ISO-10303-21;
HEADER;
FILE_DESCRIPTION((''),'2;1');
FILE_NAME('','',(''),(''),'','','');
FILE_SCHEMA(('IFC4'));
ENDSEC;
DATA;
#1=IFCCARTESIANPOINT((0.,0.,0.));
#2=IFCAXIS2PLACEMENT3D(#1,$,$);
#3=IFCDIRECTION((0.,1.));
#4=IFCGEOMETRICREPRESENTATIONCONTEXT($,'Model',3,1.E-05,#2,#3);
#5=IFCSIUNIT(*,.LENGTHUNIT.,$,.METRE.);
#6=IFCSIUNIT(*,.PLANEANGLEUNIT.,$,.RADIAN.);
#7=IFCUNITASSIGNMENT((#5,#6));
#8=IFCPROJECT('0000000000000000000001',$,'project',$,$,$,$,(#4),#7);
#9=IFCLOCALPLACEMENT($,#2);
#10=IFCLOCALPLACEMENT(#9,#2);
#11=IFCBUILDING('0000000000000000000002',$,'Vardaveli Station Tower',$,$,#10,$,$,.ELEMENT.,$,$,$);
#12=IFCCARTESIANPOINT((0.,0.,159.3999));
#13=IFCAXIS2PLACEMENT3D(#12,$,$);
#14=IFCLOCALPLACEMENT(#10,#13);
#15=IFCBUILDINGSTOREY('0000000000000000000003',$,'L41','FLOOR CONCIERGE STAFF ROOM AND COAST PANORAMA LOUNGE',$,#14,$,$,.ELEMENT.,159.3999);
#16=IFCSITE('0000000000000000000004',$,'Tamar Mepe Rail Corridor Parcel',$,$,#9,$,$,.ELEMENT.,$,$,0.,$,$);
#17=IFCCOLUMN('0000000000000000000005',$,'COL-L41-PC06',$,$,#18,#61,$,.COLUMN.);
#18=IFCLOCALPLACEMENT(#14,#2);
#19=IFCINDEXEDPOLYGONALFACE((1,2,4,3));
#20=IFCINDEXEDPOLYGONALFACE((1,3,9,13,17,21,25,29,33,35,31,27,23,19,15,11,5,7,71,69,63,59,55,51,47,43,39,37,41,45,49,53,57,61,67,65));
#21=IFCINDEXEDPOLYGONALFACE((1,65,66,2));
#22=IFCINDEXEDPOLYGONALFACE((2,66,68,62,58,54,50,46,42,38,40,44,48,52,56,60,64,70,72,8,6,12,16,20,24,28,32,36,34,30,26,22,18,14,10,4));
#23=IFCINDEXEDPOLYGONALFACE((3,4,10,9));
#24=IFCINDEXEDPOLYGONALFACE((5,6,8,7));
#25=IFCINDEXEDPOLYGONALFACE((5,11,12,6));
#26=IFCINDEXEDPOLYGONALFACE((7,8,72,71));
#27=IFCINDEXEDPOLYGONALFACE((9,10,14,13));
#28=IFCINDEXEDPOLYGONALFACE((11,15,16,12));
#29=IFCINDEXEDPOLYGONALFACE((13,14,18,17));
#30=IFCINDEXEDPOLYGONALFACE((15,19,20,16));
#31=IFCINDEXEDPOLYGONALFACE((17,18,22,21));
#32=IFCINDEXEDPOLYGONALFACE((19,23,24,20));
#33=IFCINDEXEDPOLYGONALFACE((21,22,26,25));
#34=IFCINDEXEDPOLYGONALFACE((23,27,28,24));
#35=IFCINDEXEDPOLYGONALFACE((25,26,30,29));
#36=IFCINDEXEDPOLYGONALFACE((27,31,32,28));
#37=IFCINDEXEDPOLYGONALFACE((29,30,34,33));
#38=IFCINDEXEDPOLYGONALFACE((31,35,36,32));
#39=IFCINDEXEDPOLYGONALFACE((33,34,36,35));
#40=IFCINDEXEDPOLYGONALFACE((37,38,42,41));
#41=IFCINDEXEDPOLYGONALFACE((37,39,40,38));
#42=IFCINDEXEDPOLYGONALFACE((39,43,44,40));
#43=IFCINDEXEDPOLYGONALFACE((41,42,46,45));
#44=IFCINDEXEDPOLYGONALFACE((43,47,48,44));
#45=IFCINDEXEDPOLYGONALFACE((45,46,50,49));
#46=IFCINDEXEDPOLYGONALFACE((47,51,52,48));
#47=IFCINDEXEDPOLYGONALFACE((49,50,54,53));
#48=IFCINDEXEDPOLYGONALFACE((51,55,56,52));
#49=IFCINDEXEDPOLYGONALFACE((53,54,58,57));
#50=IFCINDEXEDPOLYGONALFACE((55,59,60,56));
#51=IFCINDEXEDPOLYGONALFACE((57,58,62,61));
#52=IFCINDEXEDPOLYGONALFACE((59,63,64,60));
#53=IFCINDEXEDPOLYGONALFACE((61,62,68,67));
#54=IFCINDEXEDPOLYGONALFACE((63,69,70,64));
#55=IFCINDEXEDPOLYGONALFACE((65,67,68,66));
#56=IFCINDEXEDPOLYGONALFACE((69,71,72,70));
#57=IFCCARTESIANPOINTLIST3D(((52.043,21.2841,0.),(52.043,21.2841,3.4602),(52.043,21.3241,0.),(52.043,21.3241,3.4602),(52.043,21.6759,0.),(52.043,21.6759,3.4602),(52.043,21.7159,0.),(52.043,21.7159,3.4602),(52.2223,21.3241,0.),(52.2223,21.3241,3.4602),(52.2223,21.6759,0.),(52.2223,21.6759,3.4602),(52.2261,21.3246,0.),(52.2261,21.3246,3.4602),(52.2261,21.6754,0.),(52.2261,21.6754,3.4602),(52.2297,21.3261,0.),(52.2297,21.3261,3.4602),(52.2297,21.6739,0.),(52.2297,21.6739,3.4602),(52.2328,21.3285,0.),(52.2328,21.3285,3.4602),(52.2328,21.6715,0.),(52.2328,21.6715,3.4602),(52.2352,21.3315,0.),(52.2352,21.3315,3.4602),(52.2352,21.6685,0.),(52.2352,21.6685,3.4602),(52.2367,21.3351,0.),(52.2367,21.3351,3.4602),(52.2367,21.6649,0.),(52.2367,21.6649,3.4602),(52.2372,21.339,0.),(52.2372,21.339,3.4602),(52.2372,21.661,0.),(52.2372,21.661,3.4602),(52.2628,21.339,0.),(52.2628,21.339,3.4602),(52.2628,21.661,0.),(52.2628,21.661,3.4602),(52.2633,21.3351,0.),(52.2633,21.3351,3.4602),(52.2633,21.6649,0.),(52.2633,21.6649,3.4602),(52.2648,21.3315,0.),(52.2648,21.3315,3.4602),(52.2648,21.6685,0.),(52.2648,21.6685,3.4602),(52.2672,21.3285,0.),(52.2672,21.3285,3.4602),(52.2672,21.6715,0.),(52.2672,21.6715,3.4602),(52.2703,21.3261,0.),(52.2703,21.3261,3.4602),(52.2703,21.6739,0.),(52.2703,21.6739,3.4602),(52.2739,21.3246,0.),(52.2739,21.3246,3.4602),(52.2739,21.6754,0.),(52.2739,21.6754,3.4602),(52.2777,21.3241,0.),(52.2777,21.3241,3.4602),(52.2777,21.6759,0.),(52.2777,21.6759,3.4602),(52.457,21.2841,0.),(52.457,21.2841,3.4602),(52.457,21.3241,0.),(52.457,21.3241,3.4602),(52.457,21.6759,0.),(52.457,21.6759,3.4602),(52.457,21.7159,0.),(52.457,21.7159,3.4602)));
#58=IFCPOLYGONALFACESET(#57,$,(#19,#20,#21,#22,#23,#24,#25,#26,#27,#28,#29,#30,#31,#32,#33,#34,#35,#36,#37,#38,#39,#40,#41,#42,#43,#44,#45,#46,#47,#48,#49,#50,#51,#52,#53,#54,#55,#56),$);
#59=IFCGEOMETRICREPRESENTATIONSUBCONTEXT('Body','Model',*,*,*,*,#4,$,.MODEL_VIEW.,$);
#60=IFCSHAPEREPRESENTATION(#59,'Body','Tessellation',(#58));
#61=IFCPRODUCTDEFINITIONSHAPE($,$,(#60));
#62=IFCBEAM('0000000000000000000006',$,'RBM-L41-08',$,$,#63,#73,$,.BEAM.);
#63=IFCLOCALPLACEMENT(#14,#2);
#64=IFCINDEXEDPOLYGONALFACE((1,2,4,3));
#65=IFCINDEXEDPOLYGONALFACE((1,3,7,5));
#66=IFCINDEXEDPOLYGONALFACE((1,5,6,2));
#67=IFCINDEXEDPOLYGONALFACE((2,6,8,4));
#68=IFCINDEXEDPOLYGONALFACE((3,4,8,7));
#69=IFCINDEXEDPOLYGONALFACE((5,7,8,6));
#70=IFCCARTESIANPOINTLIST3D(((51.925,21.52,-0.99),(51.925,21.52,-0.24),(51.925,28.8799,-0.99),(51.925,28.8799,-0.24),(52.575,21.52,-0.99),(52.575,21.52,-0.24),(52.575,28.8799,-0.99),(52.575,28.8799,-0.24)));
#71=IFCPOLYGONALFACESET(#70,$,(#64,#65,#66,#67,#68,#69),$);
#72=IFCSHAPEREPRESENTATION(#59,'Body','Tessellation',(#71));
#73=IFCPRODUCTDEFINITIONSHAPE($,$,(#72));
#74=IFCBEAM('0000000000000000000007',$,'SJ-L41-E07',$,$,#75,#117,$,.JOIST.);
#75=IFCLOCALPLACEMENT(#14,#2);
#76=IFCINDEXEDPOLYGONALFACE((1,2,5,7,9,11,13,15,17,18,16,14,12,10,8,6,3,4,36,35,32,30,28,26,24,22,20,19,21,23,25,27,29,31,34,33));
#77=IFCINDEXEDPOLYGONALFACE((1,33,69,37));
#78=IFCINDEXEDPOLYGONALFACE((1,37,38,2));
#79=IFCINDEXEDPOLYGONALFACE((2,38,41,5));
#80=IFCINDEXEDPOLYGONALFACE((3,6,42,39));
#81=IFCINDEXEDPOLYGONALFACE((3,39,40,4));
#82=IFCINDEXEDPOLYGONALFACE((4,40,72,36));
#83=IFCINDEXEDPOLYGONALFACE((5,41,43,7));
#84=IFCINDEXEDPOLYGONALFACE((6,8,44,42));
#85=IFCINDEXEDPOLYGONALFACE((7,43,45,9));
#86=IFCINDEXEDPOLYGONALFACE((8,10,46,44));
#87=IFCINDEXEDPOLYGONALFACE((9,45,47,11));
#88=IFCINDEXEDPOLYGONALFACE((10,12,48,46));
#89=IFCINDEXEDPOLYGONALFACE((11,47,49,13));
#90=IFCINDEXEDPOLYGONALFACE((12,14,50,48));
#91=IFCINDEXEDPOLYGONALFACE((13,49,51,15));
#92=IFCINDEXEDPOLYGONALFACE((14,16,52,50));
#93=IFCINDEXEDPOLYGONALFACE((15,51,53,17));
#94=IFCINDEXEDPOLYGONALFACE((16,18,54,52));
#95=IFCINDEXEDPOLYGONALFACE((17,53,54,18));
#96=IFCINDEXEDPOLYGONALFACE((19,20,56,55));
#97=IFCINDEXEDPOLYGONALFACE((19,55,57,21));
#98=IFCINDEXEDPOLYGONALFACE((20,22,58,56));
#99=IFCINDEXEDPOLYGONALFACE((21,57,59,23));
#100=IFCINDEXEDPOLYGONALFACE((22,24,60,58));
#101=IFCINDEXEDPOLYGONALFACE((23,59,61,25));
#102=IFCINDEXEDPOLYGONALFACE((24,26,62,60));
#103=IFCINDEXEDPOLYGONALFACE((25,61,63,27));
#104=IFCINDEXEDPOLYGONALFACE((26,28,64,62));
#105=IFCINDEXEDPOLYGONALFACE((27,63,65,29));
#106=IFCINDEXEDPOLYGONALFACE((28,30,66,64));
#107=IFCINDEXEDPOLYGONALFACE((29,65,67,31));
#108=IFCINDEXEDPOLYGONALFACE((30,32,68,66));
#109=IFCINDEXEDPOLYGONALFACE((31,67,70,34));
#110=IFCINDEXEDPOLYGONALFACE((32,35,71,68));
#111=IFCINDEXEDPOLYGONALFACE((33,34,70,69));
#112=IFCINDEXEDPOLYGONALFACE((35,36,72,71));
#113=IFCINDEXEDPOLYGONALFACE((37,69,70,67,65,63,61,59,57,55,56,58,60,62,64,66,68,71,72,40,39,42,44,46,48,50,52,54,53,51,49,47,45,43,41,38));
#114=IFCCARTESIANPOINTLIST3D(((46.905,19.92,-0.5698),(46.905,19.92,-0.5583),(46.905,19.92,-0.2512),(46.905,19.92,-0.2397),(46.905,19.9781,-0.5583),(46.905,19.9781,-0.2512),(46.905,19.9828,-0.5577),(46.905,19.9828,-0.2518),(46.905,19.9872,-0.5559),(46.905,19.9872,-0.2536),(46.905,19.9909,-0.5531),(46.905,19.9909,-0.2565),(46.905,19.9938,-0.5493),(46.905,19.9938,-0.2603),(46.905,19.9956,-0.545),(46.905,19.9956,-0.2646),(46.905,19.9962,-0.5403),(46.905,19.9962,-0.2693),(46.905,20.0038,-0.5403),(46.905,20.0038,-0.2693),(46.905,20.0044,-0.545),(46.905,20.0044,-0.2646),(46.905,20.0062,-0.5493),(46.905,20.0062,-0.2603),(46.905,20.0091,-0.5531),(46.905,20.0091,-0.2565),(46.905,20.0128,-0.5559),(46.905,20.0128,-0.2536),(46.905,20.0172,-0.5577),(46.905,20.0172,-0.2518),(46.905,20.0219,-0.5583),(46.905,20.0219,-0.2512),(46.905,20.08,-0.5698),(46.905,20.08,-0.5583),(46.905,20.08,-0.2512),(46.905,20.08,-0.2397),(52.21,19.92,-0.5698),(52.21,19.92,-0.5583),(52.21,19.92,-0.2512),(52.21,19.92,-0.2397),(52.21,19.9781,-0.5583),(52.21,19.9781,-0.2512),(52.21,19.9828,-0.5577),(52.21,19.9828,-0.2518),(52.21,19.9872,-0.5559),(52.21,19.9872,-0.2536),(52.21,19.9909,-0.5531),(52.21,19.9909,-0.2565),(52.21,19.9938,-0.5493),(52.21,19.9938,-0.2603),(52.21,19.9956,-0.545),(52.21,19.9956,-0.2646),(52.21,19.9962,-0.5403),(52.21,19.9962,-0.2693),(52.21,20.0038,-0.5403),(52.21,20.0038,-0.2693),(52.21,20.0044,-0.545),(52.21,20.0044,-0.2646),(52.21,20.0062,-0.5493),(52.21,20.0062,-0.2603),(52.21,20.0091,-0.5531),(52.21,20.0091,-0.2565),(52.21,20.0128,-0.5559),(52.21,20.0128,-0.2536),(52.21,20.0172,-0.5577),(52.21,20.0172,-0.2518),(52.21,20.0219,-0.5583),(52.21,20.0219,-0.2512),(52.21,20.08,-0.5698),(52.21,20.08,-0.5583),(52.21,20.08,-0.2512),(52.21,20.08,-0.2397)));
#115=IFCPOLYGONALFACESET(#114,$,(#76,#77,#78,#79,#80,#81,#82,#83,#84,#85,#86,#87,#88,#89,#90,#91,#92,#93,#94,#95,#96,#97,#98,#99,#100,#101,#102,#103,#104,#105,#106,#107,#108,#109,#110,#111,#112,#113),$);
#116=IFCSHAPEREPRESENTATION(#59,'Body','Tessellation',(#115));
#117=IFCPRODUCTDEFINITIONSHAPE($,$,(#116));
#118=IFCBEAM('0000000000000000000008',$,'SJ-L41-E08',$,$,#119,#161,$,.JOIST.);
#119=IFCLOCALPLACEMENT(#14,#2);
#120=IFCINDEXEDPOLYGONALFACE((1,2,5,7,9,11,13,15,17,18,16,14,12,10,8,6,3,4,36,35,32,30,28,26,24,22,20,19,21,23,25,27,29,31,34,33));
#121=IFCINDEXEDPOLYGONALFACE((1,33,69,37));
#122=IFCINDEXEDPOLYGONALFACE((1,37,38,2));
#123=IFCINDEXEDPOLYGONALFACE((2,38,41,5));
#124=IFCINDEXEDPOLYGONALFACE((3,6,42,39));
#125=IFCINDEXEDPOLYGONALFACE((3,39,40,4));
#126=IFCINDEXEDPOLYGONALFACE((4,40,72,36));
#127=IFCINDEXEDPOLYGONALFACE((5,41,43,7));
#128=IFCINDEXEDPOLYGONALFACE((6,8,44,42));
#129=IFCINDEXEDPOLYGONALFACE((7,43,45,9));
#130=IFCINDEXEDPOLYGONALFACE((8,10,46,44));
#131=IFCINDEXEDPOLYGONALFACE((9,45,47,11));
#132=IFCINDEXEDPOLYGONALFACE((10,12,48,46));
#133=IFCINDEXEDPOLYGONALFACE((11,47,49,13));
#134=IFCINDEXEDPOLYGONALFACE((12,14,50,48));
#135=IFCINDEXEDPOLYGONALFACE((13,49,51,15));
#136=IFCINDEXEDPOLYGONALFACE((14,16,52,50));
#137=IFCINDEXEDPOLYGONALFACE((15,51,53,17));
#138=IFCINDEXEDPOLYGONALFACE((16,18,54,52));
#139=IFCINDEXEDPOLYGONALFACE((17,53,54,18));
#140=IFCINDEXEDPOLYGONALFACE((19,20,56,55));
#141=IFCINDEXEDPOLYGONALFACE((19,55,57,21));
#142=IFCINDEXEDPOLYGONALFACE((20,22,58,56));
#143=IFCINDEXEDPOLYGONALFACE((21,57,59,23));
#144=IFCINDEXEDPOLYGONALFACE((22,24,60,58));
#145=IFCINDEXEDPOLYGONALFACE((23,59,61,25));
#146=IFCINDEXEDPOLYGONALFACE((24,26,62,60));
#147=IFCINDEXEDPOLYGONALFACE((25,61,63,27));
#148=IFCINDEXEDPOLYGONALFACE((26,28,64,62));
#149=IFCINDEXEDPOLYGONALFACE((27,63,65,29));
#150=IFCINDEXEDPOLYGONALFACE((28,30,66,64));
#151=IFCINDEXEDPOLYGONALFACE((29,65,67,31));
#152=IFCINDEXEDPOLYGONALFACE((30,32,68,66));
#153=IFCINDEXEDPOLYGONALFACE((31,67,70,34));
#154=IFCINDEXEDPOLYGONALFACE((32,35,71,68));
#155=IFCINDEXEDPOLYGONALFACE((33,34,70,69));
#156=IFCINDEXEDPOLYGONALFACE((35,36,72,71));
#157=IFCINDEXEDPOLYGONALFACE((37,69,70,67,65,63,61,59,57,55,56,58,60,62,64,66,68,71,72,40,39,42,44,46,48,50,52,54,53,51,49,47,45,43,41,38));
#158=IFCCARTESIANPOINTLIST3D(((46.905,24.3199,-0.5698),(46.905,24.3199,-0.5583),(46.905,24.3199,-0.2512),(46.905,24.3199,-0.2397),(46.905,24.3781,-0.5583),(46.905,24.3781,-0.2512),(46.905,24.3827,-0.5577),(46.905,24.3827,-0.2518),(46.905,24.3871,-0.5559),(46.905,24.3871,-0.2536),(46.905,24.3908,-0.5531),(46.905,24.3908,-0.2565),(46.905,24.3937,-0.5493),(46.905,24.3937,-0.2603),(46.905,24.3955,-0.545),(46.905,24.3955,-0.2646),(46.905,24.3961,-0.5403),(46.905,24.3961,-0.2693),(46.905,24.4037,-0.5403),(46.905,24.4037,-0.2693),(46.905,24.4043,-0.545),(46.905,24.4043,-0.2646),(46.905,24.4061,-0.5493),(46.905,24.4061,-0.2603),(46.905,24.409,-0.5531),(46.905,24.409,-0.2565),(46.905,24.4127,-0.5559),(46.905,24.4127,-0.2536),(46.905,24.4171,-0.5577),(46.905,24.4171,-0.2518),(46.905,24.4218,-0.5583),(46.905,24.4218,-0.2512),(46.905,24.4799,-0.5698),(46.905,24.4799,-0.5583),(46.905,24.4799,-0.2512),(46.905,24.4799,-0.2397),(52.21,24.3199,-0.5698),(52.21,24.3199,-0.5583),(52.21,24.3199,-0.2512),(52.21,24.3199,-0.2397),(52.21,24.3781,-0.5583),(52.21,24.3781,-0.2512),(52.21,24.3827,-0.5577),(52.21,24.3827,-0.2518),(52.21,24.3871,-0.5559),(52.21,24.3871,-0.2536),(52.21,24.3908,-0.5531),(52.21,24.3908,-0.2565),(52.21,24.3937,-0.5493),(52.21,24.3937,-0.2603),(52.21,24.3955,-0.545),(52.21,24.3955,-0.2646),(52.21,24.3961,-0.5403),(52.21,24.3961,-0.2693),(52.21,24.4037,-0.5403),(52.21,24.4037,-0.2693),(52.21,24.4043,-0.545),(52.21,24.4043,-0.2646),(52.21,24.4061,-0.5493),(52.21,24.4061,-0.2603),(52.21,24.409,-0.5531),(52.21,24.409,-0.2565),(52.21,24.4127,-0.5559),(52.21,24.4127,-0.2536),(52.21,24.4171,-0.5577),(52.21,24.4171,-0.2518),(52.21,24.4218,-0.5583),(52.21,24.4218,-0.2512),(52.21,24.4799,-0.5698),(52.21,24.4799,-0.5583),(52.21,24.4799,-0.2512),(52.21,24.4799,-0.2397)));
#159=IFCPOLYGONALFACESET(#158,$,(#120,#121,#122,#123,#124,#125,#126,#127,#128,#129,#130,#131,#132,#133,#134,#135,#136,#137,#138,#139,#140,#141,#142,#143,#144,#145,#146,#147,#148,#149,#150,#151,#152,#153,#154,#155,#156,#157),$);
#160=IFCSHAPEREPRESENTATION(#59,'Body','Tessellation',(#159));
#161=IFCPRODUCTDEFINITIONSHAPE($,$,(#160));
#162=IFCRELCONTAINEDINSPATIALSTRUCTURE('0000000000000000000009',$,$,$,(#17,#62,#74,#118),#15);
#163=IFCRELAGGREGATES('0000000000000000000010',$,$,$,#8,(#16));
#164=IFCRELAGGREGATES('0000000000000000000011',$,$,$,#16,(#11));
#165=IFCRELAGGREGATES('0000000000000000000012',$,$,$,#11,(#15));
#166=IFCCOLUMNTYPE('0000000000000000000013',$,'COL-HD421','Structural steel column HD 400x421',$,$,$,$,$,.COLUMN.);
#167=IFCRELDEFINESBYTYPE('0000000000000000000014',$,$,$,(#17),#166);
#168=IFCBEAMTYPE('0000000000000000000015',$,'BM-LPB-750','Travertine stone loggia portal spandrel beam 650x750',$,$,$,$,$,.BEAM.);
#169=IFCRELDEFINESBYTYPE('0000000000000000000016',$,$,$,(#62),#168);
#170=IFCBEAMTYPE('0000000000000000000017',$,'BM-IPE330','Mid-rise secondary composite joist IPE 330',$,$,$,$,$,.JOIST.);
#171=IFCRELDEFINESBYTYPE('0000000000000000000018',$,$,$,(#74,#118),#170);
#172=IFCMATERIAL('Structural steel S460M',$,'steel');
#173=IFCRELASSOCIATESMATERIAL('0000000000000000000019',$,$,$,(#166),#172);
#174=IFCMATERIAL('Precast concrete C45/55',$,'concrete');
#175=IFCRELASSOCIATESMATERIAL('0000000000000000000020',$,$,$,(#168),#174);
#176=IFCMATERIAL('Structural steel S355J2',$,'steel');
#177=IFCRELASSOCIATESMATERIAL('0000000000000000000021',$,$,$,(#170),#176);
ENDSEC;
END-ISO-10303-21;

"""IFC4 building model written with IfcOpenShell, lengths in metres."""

from ifc_helpers import new_model, si_unit, direction, frame, origin, origin_2d, place, context, subcontext, project, spatial, rectangle, i_section, extrude, source, transform, mapped, material, material_profile, profile_set, type_object, element, save


model = new_model("IFC4")

# Units and contexts
model_context = context("Model", 3, precision=1e-05, world=origin(), true_north=direction((0.0, 1.0)))
body_context = subcontext(model_context, "Body", "Model", "MODEL_VIEW")
ifc_project = project(units=[si_unit("LENGTHUNIT", "METRE"), si_unit("PLANEANGLEUNIT", "RADIAN")], contexts=[model_context])

# Site, building, storey
site_placement = place(None, origin())
site = spatial("IfcSite", under=ifc_project, at=site_placement, Name="Tamar Mepe Rail Corridor Parcel", CompositionType="ELEMENT", RefElevation=0.0)
building_placement = place(site_placement, origin())
building = spatial("IfcBuilding", under=site, at=building_placement, Name="Vardaveli Station Tower", CompositionType="ELEMENT")
storey_placement = place(building_placement, frame((0.0, 0.0, 159.3999)))
storey = spatial("IfcBuildingStorey", under=building, at=storey_placement, Name="L41", Description="FLOOR CONCIERGE STAFF ROOM AND COAST PANORAMA LOUNGE", CompositionType="ELEMENT", Elevation=159.3999)

# Column
ifc_material_1 = material(Name="Structural steel S460M", Category="steel")
ifc_material_profile_1 = material_profile(ifc_material_1, i_section(OverallWidth=0.4141, OverallDepth=0.4319, WebThickness=0.0256, FlangeThickness=0.04, FilletRadius=0.0149, at=origin_2d()), Name="HD 400x421")
ifc_profile_set_1 = profile_set([ifc_material_profile_1], Name="Structural steel S460M")
column_type = type_object("IfcColumnType", Name="COL-HD421", Description="Structural steel column HD 400x421", PredefinedType="COLUMN", material=ifc_profile_set_1)
shared_shape_1 = source(origin(), body_context, "Body", "SweptSolid", [
    extrude(i_section(OverallWidth=0.4141, OverallDepth=0.4319, WebThickness=0.0256, FlangeThickness=0.04, FilletRadius=0.0149, at=origin_2d()), origin(), (0.0, 0.0, 1.0), 3.4602),
])
column_placement = place(storey_placement, frame((52.25, 21.5, 0.0), z_axis=(0.0, 0.0, 1.0), x_axis=(1.0, 0.0, 0.0)))
element("IfcColumn", 1, at=column_placement, inside=storey, type_object=column_type, Name="COL-L41-PC06", PredefinedType="COLUMN", context=body_context, shape_type="MappedRepresentation", body=[
    mapped(shared_shape_1, transform((0.0, 0.0, 0.0), scale=1.0)),
])

# Beams
ifc_material_2 = material(Name="Precast concrete C45/55", Category="concrete")
ifc_material_profile_2 = material_profile(ifc_material_2, rectangle(XDim=0.6499, YDim=0.75, at=origin_2d()), Name="LPB 650x750")
ifc_profile_set_2 = profile_set([ifc_material_profile_2], Name="Precast concrete C45/55")
beam_type_1 = type_object("IfcBeamType", Name="BM-LPB-750", Description="Travertine stone loggia portal spandrel beam 650x750", PredefinedType="BEAM", material=ifc_profile_set_2)
shared_shape_2 = source(origin(), body_context, "Body", "SweptSolid", [
    extrude(rectangle(XDim=0.6499, YDim=0.75, at=origin_2d()), origin(), (0.0, 0.0, 1.0), 7.3599),
])
beam_1_placement = place(storey_placement, frame((52.25, 21.52, -0.615), z_axis=(0.0, 1.0, 0.0), x_axis=(-1.0, 0.0, 0.0)))
element("IfcBeam", 2, at=beam_1_placement, inside=storey, type_object=beam_type_1, Name="RBM-L41-08", PredefinedType="BEAM", context=body_context, shape_type="MappedRepresentation", body=[
    mapped(shared_shape_2, transform((0.0, 0.0, 0.0), scale=1.0)),
])
ifc_material_3 = material(Name="Structural steel S355J2", Category="steel")
ifc_material_profile_3 = material_profile(ifc_material_3, i_section(OverallWidth=0.1599, OverallDepth=0.3301, WebThickness=0.0076, FlangeThickness=0.0115, FilletRadius=0.0181, at=origin_2d()), Name="IPE 330")
ifc_profile_set_3 = profile_set([ifc_material_profile_3], Name="Structural steel S355J2")
beam_type_2 = type_object("IfcBeamType", Name="BM-IPE330", Description="Mid-rise secondary composite joist IPE 330", PredefinedType="JOIST", material=ifc_profile_set_3)
shared_shape_3 = source(origin(), body_context, "Body", "SweptSolid", [
    extrude(i_section(OverallWidth=0.1599, OverallDepth=0.3301, WebThickness=0.0076, FlangeThickness=0.0115, FilletRadius=0.0181, at=origin_2d()), origin(), (0.0, 0.0, 1.0), 5.3049),
])
for number, where, z_axis, x_axis, name in (
    (3, (46.905, 20.0, -0.4048), (1.0, 0.0, 0.0), (0.0, 1.0, 0.0), "SJ-L41-E07"),
    (4, (46.905, 24.3999, -0.4048), (1.0, 0.0, 0.0), (0.0, 1.0, 0.0), "SJ-L41-E08"),
):
    element("IfcBeam", number, at=place(storey_placement, frame(where, z_axis=z_axis, x_axis=x_axis)), inside=storey, type_object=beam_type_2, Name=name, PredefinedType="JOIST", context=body_context, shape_type="MappedRepresentation", body=[
        mapped(shared_shape_3, transform((0.0, 0.0, 0.0), scale=1.0)),
    ])

save(model, "model.ifc")
